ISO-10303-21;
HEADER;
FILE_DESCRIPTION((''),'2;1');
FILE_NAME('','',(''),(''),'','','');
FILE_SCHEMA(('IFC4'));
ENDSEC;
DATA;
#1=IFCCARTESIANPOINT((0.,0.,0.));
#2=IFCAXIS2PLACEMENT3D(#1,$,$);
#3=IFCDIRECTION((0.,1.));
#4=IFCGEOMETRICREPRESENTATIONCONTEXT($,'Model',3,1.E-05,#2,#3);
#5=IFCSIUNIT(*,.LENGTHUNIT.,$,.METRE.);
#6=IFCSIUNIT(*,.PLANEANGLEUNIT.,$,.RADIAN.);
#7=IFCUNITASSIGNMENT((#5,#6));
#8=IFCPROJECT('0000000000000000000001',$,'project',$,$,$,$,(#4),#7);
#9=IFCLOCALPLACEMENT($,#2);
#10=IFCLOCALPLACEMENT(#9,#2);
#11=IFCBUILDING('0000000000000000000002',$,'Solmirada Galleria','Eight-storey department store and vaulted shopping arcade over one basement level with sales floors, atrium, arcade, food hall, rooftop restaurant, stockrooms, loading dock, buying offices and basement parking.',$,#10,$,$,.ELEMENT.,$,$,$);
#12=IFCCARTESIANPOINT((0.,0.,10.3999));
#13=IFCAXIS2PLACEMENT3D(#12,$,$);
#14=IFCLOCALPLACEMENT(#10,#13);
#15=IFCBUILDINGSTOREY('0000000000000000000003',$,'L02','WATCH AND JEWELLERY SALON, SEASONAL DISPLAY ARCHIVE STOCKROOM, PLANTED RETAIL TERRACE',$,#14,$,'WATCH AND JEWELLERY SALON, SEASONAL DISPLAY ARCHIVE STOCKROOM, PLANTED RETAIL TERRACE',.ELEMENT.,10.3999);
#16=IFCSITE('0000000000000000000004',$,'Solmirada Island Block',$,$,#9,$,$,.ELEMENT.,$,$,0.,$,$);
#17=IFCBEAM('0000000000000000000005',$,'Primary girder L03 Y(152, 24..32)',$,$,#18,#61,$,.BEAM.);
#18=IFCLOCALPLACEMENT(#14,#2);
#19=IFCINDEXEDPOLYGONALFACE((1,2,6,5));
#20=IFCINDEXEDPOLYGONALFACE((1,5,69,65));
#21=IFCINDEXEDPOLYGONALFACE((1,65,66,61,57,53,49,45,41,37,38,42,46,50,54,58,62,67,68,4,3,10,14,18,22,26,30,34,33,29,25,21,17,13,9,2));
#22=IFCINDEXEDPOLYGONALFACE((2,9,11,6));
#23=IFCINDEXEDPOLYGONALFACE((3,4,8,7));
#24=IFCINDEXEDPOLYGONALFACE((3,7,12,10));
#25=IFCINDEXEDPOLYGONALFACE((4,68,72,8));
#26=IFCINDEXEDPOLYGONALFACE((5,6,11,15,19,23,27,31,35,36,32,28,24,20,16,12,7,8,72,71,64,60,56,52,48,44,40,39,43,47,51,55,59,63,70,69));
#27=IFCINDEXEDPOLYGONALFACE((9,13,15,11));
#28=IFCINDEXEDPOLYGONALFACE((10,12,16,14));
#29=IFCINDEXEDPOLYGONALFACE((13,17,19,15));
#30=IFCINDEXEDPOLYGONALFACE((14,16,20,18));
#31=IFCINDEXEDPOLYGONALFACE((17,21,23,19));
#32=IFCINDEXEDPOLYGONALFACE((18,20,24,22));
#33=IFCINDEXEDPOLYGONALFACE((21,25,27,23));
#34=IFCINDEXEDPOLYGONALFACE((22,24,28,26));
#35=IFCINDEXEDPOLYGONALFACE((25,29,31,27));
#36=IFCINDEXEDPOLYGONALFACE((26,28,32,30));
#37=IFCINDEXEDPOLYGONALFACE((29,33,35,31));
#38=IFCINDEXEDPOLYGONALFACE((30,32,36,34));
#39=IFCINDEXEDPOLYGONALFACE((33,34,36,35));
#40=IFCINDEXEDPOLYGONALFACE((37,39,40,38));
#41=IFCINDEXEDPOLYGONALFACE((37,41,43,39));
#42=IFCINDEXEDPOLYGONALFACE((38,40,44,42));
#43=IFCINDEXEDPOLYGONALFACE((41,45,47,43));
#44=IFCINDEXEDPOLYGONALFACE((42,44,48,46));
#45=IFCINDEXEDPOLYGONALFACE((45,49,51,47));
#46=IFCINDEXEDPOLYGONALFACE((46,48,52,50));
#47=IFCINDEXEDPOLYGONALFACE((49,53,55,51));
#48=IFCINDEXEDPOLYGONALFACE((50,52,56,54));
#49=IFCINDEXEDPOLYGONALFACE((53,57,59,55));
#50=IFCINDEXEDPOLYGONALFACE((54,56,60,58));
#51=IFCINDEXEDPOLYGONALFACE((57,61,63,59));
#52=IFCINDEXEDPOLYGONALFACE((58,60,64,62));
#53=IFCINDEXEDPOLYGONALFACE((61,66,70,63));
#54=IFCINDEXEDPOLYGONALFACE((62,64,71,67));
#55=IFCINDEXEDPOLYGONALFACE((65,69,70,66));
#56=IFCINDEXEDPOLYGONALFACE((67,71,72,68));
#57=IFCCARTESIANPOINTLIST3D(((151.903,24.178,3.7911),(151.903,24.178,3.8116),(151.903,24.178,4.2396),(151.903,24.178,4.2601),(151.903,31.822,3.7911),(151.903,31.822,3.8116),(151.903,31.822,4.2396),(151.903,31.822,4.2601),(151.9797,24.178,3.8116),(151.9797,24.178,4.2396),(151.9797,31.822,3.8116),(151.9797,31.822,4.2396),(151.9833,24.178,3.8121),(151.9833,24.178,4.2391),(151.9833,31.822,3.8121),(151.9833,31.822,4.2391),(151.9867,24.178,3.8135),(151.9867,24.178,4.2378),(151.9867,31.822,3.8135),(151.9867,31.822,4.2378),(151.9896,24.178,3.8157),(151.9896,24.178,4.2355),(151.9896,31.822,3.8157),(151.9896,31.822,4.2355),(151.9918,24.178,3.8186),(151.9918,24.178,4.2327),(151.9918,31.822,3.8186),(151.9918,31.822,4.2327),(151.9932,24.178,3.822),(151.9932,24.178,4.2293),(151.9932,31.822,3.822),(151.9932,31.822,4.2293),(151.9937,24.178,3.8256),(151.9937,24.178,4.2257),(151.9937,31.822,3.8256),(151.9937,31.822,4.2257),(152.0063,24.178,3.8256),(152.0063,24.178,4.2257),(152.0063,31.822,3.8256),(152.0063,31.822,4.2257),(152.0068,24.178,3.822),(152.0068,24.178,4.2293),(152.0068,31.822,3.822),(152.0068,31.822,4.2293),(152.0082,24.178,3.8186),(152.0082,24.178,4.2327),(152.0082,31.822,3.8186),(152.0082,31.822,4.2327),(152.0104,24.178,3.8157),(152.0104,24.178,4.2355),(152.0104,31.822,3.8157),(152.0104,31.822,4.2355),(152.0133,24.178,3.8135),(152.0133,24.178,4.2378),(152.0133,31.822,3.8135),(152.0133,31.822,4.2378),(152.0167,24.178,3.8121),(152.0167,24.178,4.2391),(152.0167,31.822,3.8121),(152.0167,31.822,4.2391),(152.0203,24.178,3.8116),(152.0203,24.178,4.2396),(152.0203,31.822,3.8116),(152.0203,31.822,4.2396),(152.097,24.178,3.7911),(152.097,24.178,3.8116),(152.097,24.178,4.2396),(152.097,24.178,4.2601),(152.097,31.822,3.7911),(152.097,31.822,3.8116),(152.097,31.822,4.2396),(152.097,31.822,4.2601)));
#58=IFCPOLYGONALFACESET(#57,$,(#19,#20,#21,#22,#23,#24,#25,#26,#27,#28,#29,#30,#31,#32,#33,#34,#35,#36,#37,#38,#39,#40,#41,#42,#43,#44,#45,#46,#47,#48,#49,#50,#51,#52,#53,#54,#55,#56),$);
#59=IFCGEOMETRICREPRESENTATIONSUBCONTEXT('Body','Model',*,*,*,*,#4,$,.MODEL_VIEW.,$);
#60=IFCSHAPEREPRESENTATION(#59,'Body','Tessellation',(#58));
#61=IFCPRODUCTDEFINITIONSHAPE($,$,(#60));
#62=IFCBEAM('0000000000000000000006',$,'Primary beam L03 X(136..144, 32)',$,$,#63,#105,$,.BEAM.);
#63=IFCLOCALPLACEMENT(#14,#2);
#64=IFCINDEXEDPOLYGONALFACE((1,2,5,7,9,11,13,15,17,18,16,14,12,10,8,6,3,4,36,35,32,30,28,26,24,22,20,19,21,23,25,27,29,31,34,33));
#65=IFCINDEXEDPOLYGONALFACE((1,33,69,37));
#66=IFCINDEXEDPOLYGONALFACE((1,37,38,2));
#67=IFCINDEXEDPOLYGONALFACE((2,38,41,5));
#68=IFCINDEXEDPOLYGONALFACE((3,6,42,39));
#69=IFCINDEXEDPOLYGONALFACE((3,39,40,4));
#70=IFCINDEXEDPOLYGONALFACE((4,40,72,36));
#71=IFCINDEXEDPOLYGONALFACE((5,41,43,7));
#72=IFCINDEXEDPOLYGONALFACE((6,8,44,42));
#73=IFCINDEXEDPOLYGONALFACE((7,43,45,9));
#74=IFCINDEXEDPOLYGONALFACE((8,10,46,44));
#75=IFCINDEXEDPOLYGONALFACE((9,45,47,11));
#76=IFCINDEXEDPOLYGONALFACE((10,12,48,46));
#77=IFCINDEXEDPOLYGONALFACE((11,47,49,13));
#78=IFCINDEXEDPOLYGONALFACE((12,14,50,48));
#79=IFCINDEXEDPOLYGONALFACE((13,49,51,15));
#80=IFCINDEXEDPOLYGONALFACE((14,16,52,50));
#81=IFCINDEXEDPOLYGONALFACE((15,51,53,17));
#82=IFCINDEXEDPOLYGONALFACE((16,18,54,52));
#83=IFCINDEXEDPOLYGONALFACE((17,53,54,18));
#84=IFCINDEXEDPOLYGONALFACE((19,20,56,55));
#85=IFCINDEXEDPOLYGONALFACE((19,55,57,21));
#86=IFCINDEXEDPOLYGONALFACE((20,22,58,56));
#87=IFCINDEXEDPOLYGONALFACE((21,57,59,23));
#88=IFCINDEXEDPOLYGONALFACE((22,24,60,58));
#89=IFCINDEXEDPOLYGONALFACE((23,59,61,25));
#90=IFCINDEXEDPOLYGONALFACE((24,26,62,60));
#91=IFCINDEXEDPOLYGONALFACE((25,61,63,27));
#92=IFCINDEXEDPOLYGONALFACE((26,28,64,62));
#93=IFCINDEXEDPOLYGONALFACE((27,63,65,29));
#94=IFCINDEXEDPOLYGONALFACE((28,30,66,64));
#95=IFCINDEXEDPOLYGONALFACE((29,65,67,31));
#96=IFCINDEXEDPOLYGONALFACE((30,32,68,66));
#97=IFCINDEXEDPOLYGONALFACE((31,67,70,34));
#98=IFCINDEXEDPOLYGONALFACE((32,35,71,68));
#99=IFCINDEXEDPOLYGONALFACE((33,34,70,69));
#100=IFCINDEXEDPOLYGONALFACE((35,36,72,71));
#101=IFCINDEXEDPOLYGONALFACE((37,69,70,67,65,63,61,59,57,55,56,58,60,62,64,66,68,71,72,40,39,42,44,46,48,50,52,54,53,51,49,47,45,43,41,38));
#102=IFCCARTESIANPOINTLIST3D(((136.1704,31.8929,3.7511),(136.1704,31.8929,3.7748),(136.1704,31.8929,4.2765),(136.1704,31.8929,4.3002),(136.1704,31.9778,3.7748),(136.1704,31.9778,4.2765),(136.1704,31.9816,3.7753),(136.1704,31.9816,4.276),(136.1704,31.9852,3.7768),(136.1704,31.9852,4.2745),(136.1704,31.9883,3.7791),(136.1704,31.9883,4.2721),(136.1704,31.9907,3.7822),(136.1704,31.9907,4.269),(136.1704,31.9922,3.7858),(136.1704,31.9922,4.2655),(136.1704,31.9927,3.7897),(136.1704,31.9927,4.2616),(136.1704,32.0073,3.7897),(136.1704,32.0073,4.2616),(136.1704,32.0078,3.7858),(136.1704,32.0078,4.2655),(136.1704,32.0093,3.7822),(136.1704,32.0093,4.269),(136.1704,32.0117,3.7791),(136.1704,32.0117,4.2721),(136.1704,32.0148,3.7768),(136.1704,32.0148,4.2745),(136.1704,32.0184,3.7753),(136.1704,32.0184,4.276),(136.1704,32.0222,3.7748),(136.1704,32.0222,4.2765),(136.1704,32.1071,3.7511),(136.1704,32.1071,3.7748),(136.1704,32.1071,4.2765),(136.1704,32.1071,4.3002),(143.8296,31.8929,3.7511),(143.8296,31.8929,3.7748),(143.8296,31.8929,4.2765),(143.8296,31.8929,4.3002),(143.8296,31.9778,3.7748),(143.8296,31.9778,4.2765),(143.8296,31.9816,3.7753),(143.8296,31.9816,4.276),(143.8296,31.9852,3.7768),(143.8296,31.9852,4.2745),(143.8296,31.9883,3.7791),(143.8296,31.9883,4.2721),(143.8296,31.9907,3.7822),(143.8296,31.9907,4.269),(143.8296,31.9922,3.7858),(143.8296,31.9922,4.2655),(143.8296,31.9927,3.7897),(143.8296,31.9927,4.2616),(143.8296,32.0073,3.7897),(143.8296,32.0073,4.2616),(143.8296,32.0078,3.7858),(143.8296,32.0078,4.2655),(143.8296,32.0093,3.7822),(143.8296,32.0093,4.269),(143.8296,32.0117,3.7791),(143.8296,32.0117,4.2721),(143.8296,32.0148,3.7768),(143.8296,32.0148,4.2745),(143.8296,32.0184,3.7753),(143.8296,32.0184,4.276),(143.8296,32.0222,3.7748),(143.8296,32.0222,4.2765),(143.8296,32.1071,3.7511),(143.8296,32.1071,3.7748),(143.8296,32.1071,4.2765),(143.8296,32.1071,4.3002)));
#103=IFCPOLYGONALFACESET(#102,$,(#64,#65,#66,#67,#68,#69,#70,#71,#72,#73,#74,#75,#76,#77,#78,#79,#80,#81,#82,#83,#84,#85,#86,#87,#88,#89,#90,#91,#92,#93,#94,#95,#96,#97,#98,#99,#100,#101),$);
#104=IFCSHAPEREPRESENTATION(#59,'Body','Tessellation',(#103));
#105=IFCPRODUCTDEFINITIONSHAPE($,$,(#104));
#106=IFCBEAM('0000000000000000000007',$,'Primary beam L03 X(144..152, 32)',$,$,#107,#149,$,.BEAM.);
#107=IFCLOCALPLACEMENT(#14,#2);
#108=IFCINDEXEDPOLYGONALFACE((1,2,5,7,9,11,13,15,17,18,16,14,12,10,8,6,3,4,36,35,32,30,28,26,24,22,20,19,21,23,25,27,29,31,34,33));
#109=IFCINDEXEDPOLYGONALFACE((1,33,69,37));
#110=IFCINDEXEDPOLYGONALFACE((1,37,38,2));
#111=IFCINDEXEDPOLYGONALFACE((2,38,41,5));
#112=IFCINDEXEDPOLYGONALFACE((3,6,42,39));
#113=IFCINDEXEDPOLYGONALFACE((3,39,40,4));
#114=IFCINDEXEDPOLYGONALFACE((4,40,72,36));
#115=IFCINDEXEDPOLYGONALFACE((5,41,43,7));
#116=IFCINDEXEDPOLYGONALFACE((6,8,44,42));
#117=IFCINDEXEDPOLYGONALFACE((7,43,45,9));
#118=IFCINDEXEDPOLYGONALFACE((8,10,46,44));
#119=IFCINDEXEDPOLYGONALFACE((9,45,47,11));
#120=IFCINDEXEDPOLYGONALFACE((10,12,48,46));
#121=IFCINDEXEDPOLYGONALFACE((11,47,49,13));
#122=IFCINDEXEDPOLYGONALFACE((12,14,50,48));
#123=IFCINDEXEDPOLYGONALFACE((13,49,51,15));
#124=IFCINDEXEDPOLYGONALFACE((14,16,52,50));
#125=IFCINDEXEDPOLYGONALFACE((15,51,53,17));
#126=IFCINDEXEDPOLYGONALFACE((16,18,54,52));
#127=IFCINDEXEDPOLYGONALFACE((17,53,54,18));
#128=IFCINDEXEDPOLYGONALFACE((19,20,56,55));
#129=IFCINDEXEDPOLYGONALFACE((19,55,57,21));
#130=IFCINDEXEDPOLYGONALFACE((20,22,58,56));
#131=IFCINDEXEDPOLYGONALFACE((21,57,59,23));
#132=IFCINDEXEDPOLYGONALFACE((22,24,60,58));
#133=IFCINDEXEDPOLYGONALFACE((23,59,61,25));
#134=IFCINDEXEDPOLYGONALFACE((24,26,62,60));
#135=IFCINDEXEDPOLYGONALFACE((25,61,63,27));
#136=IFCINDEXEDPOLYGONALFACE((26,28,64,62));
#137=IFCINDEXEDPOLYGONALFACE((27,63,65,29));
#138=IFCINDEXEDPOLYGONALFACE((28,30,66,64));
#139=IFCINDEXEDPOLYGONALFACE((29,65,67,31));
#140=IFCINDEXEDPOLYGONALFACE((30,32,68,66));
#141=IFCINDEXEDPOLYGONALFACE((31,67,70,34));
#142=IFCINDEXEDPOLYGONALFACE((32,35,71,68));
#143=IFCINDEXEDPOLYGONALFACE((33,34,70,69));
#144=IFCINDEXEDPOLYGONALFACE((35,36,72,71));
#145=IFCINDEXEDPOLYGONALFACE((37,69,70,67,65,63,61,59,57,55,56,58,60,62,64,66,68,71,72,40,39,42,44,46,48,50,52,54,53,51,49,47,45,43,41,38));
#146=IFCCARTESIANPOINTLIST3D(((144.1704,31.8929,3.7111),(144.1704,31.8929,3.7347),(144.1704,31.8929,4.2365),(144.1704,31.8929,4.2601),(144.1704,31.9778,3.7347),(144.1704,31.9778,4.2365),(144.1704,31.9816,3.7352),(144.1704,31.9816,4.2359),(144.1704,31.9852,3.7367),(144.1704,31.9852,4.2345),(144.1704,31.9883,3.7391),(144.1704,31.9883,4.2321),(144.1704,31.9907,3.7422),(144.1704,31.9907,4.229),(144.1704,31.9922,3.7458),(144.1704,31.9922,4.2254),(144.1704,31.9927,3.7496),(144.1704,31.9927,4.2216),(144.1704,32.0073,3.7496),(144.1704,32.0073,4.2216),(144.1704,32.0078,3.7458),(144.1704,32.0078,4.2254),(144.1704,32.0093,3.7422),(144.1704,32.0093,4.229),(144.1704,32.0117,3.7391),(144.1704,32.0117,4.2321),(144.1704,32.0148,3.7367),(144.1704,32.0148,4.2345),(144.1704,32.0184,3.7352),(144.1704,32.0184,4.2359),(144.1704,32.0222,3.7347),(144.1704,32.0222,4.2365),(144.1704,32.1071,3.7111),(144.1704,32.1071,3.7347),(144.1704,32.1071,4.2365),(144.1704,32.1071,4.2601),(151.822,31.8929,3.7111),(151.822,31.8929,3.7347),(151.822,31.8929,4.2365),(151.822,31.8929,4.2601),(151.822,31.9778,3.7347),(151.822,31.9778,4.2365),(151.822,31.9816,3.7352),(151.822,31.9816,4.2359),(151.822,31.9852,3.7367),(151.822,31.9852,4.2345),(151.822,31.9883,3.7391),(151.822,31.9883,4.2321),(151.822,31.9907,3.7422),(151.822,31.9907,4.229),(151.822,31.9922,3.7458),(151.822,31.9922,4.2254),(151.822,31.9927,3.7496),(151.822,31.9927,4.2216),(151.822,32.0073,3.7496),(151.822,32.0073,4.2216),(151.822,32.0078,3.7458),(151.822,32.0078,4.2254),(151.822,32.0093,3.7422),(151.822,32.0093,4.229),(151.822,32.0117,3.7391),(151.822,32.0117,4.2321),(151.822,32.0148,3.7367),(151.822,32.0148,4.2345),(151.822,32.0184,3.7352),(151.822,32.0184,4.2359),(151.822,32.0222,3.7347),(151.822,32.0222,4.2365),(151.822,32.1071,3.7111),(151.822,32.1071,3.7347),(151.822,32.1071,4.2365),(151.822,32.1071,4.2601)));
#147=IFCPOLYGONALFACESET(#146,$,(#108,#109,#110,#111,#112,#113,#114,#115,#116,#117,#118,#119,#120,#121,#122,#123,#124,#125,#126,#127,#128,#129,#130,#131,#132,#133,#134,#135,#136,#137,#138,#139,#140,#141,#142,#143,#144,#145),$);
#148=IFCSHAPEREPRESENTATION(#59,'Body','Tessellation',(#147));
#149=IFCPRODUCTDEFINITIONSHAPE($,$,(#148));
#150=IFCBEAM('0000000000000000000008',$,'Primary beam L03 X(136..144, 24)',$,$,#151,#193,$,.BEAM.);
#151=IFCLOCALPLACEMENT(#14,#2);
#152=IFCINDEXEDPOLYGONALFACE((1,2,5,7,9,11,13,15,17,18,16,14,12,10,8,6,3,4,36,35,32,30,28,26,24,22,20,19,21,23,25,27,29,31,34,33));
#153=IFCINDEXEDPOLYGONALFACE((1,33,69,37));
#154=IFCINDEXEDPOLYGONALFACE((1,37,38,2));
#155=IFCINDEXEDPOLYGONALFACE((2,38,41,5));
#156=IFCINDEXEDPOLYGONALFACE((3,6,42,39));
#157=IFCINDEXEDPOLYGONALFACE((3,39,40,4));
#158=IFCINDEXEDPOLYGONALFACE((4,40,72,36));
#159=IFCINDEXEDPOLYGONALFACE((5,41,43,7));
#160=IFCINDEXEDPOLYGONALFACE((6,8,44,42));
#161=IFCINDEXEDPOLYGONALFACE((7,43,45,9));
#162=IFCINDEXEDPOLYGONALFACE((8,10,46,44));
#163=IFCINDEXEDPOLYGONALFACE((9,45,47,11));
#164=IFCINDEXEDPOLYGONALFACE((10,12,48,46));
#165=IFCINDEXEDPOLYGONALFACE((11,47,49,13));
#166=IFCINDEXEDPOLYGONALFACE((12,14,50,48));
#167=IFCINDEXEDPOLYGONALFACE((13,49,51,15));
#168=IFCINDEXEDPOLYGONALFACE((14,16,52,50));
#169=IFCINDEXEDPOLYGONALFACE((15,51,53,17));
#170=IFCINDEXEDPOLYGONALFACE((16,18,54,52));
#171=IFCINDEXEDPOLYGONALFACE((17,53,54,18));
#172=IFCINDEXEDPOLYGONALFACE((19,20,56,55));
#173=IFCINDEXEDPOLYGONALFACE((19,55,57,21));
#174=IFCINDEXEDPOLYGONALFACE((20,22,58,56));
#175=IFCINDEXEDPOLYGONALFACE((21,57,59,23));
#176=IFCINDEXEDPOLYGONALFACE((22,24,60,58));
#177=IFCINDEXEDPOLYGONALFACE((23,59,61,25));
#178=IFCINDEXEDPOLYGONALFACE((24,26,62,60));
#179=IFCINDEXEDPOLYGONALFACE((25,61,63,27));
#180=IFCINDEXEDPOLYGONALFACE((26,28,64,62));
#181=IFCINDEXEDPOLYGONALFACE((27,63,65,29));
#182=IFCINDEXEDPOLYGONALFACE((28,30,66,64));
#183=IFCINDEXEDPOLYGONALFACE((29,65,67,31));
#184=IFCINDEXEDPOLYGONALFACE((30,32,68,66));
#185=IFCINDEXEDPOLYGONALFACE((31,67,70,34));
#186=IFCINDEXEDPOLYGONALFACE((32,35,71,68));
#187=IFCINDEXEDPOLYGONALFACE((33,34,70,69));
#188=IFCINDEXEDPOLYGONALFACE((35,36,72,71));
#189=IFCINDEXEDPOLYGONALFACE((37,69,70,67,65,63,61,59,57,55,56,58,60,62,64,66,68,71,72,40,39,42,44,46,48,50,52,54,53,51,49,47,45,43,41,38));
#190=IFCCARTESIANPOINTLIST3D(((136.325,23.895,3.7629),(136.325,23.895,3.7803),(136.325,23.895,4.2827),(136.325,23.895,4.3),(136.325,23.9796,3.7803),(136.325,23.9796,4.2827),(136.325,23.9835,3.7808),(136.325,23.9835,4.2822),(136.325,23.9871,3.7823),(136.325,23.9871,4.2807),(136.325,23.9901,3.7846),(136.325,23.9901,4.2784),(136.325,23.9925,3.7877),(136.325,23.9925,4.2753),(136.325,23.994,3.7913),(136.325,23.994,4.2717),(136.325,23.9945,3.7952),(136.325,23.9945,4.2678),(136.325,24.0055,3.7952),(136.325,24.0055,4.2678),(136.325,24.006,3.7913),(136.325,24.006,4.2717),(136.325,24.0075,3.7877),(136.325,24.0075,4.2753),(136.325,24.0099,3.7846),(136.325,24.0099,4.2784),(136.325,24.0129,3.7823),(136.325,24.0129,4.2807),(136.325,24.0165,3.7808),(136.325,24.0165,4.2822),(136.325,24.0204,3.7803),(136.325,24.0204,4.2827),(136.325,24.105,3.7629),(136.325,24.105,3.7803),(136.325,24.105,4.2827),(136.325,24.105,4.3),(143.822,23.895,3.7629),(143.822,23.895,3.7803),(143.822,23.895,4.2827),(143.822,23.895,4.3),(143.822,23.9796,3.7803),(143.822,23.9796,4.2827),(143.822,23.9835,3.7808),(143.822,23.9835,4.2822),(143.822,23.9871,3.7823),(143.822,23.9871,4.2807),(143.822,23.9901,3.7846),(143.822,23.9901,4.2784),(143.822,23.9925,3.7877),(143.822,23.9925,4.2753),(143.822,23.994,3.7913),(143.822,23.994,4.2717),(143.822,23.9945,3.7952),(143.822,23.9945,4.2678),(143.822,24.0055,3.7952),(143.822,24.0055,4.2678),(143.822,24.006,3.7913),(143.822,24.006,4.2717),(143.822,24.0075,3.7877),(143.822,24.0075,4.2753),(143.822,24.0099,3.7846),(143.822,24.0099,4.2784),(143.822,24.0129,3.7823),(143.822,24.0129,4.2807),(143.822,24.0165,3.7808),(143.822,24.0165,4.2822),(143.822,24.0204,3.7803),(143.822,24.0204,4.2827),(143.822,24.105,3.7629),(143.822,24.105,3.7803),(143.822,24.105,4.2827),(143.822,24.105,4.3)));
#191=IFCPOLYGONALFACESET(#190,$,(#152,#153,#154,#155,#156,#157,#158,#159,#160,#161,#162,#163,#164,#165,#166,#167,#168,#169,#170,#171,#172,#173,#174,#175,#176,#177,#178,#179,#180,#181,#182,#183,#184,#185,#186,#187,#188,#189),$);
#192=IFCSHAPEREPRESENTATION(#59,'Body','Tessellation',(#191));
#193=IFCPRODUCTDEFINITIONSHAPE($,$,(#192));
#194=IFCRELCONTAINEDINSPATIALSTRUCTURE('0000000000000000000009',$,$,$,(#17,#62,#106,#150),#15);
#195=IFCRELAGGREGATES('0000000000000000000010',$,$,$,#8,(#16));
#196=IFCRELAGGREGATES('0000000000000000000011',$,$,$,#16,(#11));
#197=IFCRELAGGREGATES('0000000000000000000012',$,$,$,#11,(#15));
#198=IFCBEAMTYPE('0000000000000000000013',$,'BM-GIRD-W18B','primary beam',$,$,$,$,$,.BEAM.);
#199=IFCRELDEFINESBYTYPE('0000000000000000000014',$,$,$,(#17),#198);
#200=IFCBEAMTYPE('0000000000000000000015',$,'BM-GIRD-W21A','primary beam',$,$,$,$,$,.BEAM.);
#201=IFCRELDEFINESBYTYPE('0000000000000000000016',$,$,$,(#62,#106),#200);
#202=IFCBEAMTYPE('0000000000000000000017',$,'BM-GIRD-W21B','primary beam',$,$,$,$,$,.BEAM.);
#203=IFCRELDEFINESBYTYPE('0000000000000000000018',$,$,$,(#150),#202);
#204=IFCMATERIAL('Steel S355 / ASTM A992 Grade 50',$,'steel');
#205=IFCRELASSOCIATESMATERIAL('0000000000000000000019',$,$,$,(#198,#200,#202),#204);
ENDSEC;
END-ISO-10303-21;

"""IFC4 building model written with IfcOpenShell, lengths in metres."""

from ifc_helpers import new_model, si_unit, direction, frame, origin, origin_2d, place, context, subcontext, project, spatial, i_section, extrude, material, material_profile, profile_set, type_object, element, save


model = new_model("IFC4")

# Units and contexts
model_context = context("Model", 3, precision=1e-05, world=origin(), true_north=direction((0.0, 1.0)))
body_context = subcontext(model_context, "Body", "Model", "MODEL_VIEW")
ifc_project = project(units=[si_unit("LENGTHUNIT", "METRE"), si_unit("PLANEANGLEUNIT", "RADIAN")], contexts=[model_context])

# Site, building, storey
site_placement = place(None, origin())
site = spatial("IfcSite", under=ifc_project, at=site_placement, Name="Solmirada Island Block", CompositionType="ELEMENT", RefElevation=0.0)
building_placement = place(site_placement, origin())
building = spatial("IfcBuilding", under=site, at=building_placement, Name="Solmirada Galleria", Description="Eight-storey department store and vaulted shopping arcade over one basement level with sales floors, atrium, arcade, food hall, rooftop restaurant, stockrooms, loading dock, buying offices and basement parking.", CompositionType="ELEMENT")
storey_placement = place(building_placement, frame((0.0, 0.0, 10.3999)))
storey = spatial("IfcBuildingStorey", under=building, at=storey_placement, Name="L02", Description="WATCH AND JEWELLERY SALON, SEASONAL DISPLAY ARCHIVE STOCKROOM, PLANTED RETAIL TERRACE", LongName="WATCH AND JEWELLERY SALON, SEASONAL DISPLAY ARCHIVE STOCKROOM, PLANTED RETAIL TERRACE", CompositionType="ELEMENT", Elevation=10.3999)

# Beams
ifc_material_1 = material(Name="Steel S355 / ASTM A992 Grade 50", Category="steel")
ifc_material_profile_1 = material_profile(ifc_material_1, i_section(OverallWidth=0.1941, OverallDepth=0.469, WebThickness=0.0127, FlangeThickness=0.0205, FilletRadius=0.0139, at=origin_2d()), Name="W18X71")
ifc_profile_set_1 = profile_set([ifc_material_profile_1], Name="Steel S355 / ASTM A992 Grade 50")
beam_type_1 = type_object("IfcBeamType", Name="BM-GIRD-W18B", Description="primary beam", PredefinedType="BEAM", material=ifc_profile_set_1)
beam_1_placement = place(storey_placement, frame((152.0, 24.178, 4.0256), z_axis=(0.0, 1.0, 0.0), x_axis=(-1.0, 0.0, 0.0)))
element("IfcBeam", 1, at=beam_1_placement, inside=storey, type_object=beam_type_1, Name="Primary girder L03 Y(152, 24..32)", PredefinedType="BEAM", context=body_context, shape_type="SweptSolid", body=[
    extrude(i_section(OverallWidth=0.1941, OverallDepth=0.469, WebThickness=0.0127, FlangeThickness=0.0205, FilletRadius=0.0139, at=origin_2d()), origin(), (0.0, 0.0, 1.0), 7.644),
])
ifc_material_profile_2 = material_profile(ifc_material_1, i_section(OverallWidth=0.2141, OverallDepth=0.5491, WebThickness=0.0146, FlangeThickness=0.0237, FilletRadius=0.0149, at=origin_2d()), Name="W21X93")
ifc_profile_set_2 = profile_set([ifc_material_profile_2], Name="Steel S355 / ASTM A992 Grade 50")
beam_type_2 = type_object("IfcBeamType", Name="BM-GIRD-W21A", Description="primary beam", PredefinedType="BEAM", material=ifc_profile_set_2)
beam_2_placement = place(storey_placement, frame((136.1704, 32.0, 4.0256), z_axis=(1.0, 0.0, 0.0), x_axis=(0.0, 1.0, 0.0)))
element("IfcBeam", 2, at=beam_2_placement, inside=storey, type_object=beam_type_2, Name="Primary beam L03 X(136..144, 32)", PredefinedType="BEAM", context=body_context, shape_type="SweptSolid", body=[
    extrude(i_section(OverallWidth=0.2141, OverallDepth=0.5491, WebThickness=0.0146, FlangeThickness=0.0237, FilletRadius=0.0149, at=origin_2d()), origin(), (0.0, 0.0, 1.0), 7.6592),
])
beam_3_placement = place(storey_placement, frame((144.1704, 32.0, 3.9856), z_axis=(1.0, 0.0, 0.0), x_axis=(0.0, 1.0, 0.0)))
element("IfcBeam", 3, at=beam_3_placement, inside=storey, type_object=beam_type_2, Name="Primary beam L03 X(144..152, 32)", PredefinedType="BEAM", context=body_context, shape_type="SweptSolid", body=[
    extrude(i_section(OverallWidth=0.2141, OverallDepth=0.5491, WebThickness=0.0146, FlangeThickness=0.0237, FilletRadius=0.0149, at=origin_2d()), origin(), (0.0, 0.0, 1.0), 7.6516),
])
ifc_material_profile_3 = material_profile(ifc_material_1, i_section(OverallWidth=0.21, OverallDepth=0.5371, WebThickness=0.011, FlangeThickness=0.0173, FilletRadius=0.0149, at=origin_2d()), Name="W21X68")
ifc_profile_set_3 = profile_set([ifc_material_profile_3], Name="Steel S355 / ASTM A992 Grade 50")
beam_type_3 = type_object("IfcBeamType", Name="BM-GIRD-W21B", Description="primary beam", PredefinedType="BEAM", material=ifc_profile_set_3)
beam_4_placement = place(storey_placement, frame((136.325, 24.0, 4.0315), z_axis=(1.0, 0.0, 0.0), x_axis=(0.0, 1.0, 0.0)))
element("IfcBeam", 4, at=beam_4_placement, inside=storey, type_object=beam_type_3, Name="Primary beam L03 X(136..144, 24)", PredefinedType="BEAM", context=body_context, shape_type="SweptSolid", body=[
    extrude(i_section(OverallWidth=0.21, OverallDepth=0.5371, WebThickness=0.011, FlangeThickness=0.0173, FilletRadius=0.0149, at=origin_2d()), origin(), (0.0, 0.0, 1.0), 7.4971),
])

save(model, "model.ifc")
